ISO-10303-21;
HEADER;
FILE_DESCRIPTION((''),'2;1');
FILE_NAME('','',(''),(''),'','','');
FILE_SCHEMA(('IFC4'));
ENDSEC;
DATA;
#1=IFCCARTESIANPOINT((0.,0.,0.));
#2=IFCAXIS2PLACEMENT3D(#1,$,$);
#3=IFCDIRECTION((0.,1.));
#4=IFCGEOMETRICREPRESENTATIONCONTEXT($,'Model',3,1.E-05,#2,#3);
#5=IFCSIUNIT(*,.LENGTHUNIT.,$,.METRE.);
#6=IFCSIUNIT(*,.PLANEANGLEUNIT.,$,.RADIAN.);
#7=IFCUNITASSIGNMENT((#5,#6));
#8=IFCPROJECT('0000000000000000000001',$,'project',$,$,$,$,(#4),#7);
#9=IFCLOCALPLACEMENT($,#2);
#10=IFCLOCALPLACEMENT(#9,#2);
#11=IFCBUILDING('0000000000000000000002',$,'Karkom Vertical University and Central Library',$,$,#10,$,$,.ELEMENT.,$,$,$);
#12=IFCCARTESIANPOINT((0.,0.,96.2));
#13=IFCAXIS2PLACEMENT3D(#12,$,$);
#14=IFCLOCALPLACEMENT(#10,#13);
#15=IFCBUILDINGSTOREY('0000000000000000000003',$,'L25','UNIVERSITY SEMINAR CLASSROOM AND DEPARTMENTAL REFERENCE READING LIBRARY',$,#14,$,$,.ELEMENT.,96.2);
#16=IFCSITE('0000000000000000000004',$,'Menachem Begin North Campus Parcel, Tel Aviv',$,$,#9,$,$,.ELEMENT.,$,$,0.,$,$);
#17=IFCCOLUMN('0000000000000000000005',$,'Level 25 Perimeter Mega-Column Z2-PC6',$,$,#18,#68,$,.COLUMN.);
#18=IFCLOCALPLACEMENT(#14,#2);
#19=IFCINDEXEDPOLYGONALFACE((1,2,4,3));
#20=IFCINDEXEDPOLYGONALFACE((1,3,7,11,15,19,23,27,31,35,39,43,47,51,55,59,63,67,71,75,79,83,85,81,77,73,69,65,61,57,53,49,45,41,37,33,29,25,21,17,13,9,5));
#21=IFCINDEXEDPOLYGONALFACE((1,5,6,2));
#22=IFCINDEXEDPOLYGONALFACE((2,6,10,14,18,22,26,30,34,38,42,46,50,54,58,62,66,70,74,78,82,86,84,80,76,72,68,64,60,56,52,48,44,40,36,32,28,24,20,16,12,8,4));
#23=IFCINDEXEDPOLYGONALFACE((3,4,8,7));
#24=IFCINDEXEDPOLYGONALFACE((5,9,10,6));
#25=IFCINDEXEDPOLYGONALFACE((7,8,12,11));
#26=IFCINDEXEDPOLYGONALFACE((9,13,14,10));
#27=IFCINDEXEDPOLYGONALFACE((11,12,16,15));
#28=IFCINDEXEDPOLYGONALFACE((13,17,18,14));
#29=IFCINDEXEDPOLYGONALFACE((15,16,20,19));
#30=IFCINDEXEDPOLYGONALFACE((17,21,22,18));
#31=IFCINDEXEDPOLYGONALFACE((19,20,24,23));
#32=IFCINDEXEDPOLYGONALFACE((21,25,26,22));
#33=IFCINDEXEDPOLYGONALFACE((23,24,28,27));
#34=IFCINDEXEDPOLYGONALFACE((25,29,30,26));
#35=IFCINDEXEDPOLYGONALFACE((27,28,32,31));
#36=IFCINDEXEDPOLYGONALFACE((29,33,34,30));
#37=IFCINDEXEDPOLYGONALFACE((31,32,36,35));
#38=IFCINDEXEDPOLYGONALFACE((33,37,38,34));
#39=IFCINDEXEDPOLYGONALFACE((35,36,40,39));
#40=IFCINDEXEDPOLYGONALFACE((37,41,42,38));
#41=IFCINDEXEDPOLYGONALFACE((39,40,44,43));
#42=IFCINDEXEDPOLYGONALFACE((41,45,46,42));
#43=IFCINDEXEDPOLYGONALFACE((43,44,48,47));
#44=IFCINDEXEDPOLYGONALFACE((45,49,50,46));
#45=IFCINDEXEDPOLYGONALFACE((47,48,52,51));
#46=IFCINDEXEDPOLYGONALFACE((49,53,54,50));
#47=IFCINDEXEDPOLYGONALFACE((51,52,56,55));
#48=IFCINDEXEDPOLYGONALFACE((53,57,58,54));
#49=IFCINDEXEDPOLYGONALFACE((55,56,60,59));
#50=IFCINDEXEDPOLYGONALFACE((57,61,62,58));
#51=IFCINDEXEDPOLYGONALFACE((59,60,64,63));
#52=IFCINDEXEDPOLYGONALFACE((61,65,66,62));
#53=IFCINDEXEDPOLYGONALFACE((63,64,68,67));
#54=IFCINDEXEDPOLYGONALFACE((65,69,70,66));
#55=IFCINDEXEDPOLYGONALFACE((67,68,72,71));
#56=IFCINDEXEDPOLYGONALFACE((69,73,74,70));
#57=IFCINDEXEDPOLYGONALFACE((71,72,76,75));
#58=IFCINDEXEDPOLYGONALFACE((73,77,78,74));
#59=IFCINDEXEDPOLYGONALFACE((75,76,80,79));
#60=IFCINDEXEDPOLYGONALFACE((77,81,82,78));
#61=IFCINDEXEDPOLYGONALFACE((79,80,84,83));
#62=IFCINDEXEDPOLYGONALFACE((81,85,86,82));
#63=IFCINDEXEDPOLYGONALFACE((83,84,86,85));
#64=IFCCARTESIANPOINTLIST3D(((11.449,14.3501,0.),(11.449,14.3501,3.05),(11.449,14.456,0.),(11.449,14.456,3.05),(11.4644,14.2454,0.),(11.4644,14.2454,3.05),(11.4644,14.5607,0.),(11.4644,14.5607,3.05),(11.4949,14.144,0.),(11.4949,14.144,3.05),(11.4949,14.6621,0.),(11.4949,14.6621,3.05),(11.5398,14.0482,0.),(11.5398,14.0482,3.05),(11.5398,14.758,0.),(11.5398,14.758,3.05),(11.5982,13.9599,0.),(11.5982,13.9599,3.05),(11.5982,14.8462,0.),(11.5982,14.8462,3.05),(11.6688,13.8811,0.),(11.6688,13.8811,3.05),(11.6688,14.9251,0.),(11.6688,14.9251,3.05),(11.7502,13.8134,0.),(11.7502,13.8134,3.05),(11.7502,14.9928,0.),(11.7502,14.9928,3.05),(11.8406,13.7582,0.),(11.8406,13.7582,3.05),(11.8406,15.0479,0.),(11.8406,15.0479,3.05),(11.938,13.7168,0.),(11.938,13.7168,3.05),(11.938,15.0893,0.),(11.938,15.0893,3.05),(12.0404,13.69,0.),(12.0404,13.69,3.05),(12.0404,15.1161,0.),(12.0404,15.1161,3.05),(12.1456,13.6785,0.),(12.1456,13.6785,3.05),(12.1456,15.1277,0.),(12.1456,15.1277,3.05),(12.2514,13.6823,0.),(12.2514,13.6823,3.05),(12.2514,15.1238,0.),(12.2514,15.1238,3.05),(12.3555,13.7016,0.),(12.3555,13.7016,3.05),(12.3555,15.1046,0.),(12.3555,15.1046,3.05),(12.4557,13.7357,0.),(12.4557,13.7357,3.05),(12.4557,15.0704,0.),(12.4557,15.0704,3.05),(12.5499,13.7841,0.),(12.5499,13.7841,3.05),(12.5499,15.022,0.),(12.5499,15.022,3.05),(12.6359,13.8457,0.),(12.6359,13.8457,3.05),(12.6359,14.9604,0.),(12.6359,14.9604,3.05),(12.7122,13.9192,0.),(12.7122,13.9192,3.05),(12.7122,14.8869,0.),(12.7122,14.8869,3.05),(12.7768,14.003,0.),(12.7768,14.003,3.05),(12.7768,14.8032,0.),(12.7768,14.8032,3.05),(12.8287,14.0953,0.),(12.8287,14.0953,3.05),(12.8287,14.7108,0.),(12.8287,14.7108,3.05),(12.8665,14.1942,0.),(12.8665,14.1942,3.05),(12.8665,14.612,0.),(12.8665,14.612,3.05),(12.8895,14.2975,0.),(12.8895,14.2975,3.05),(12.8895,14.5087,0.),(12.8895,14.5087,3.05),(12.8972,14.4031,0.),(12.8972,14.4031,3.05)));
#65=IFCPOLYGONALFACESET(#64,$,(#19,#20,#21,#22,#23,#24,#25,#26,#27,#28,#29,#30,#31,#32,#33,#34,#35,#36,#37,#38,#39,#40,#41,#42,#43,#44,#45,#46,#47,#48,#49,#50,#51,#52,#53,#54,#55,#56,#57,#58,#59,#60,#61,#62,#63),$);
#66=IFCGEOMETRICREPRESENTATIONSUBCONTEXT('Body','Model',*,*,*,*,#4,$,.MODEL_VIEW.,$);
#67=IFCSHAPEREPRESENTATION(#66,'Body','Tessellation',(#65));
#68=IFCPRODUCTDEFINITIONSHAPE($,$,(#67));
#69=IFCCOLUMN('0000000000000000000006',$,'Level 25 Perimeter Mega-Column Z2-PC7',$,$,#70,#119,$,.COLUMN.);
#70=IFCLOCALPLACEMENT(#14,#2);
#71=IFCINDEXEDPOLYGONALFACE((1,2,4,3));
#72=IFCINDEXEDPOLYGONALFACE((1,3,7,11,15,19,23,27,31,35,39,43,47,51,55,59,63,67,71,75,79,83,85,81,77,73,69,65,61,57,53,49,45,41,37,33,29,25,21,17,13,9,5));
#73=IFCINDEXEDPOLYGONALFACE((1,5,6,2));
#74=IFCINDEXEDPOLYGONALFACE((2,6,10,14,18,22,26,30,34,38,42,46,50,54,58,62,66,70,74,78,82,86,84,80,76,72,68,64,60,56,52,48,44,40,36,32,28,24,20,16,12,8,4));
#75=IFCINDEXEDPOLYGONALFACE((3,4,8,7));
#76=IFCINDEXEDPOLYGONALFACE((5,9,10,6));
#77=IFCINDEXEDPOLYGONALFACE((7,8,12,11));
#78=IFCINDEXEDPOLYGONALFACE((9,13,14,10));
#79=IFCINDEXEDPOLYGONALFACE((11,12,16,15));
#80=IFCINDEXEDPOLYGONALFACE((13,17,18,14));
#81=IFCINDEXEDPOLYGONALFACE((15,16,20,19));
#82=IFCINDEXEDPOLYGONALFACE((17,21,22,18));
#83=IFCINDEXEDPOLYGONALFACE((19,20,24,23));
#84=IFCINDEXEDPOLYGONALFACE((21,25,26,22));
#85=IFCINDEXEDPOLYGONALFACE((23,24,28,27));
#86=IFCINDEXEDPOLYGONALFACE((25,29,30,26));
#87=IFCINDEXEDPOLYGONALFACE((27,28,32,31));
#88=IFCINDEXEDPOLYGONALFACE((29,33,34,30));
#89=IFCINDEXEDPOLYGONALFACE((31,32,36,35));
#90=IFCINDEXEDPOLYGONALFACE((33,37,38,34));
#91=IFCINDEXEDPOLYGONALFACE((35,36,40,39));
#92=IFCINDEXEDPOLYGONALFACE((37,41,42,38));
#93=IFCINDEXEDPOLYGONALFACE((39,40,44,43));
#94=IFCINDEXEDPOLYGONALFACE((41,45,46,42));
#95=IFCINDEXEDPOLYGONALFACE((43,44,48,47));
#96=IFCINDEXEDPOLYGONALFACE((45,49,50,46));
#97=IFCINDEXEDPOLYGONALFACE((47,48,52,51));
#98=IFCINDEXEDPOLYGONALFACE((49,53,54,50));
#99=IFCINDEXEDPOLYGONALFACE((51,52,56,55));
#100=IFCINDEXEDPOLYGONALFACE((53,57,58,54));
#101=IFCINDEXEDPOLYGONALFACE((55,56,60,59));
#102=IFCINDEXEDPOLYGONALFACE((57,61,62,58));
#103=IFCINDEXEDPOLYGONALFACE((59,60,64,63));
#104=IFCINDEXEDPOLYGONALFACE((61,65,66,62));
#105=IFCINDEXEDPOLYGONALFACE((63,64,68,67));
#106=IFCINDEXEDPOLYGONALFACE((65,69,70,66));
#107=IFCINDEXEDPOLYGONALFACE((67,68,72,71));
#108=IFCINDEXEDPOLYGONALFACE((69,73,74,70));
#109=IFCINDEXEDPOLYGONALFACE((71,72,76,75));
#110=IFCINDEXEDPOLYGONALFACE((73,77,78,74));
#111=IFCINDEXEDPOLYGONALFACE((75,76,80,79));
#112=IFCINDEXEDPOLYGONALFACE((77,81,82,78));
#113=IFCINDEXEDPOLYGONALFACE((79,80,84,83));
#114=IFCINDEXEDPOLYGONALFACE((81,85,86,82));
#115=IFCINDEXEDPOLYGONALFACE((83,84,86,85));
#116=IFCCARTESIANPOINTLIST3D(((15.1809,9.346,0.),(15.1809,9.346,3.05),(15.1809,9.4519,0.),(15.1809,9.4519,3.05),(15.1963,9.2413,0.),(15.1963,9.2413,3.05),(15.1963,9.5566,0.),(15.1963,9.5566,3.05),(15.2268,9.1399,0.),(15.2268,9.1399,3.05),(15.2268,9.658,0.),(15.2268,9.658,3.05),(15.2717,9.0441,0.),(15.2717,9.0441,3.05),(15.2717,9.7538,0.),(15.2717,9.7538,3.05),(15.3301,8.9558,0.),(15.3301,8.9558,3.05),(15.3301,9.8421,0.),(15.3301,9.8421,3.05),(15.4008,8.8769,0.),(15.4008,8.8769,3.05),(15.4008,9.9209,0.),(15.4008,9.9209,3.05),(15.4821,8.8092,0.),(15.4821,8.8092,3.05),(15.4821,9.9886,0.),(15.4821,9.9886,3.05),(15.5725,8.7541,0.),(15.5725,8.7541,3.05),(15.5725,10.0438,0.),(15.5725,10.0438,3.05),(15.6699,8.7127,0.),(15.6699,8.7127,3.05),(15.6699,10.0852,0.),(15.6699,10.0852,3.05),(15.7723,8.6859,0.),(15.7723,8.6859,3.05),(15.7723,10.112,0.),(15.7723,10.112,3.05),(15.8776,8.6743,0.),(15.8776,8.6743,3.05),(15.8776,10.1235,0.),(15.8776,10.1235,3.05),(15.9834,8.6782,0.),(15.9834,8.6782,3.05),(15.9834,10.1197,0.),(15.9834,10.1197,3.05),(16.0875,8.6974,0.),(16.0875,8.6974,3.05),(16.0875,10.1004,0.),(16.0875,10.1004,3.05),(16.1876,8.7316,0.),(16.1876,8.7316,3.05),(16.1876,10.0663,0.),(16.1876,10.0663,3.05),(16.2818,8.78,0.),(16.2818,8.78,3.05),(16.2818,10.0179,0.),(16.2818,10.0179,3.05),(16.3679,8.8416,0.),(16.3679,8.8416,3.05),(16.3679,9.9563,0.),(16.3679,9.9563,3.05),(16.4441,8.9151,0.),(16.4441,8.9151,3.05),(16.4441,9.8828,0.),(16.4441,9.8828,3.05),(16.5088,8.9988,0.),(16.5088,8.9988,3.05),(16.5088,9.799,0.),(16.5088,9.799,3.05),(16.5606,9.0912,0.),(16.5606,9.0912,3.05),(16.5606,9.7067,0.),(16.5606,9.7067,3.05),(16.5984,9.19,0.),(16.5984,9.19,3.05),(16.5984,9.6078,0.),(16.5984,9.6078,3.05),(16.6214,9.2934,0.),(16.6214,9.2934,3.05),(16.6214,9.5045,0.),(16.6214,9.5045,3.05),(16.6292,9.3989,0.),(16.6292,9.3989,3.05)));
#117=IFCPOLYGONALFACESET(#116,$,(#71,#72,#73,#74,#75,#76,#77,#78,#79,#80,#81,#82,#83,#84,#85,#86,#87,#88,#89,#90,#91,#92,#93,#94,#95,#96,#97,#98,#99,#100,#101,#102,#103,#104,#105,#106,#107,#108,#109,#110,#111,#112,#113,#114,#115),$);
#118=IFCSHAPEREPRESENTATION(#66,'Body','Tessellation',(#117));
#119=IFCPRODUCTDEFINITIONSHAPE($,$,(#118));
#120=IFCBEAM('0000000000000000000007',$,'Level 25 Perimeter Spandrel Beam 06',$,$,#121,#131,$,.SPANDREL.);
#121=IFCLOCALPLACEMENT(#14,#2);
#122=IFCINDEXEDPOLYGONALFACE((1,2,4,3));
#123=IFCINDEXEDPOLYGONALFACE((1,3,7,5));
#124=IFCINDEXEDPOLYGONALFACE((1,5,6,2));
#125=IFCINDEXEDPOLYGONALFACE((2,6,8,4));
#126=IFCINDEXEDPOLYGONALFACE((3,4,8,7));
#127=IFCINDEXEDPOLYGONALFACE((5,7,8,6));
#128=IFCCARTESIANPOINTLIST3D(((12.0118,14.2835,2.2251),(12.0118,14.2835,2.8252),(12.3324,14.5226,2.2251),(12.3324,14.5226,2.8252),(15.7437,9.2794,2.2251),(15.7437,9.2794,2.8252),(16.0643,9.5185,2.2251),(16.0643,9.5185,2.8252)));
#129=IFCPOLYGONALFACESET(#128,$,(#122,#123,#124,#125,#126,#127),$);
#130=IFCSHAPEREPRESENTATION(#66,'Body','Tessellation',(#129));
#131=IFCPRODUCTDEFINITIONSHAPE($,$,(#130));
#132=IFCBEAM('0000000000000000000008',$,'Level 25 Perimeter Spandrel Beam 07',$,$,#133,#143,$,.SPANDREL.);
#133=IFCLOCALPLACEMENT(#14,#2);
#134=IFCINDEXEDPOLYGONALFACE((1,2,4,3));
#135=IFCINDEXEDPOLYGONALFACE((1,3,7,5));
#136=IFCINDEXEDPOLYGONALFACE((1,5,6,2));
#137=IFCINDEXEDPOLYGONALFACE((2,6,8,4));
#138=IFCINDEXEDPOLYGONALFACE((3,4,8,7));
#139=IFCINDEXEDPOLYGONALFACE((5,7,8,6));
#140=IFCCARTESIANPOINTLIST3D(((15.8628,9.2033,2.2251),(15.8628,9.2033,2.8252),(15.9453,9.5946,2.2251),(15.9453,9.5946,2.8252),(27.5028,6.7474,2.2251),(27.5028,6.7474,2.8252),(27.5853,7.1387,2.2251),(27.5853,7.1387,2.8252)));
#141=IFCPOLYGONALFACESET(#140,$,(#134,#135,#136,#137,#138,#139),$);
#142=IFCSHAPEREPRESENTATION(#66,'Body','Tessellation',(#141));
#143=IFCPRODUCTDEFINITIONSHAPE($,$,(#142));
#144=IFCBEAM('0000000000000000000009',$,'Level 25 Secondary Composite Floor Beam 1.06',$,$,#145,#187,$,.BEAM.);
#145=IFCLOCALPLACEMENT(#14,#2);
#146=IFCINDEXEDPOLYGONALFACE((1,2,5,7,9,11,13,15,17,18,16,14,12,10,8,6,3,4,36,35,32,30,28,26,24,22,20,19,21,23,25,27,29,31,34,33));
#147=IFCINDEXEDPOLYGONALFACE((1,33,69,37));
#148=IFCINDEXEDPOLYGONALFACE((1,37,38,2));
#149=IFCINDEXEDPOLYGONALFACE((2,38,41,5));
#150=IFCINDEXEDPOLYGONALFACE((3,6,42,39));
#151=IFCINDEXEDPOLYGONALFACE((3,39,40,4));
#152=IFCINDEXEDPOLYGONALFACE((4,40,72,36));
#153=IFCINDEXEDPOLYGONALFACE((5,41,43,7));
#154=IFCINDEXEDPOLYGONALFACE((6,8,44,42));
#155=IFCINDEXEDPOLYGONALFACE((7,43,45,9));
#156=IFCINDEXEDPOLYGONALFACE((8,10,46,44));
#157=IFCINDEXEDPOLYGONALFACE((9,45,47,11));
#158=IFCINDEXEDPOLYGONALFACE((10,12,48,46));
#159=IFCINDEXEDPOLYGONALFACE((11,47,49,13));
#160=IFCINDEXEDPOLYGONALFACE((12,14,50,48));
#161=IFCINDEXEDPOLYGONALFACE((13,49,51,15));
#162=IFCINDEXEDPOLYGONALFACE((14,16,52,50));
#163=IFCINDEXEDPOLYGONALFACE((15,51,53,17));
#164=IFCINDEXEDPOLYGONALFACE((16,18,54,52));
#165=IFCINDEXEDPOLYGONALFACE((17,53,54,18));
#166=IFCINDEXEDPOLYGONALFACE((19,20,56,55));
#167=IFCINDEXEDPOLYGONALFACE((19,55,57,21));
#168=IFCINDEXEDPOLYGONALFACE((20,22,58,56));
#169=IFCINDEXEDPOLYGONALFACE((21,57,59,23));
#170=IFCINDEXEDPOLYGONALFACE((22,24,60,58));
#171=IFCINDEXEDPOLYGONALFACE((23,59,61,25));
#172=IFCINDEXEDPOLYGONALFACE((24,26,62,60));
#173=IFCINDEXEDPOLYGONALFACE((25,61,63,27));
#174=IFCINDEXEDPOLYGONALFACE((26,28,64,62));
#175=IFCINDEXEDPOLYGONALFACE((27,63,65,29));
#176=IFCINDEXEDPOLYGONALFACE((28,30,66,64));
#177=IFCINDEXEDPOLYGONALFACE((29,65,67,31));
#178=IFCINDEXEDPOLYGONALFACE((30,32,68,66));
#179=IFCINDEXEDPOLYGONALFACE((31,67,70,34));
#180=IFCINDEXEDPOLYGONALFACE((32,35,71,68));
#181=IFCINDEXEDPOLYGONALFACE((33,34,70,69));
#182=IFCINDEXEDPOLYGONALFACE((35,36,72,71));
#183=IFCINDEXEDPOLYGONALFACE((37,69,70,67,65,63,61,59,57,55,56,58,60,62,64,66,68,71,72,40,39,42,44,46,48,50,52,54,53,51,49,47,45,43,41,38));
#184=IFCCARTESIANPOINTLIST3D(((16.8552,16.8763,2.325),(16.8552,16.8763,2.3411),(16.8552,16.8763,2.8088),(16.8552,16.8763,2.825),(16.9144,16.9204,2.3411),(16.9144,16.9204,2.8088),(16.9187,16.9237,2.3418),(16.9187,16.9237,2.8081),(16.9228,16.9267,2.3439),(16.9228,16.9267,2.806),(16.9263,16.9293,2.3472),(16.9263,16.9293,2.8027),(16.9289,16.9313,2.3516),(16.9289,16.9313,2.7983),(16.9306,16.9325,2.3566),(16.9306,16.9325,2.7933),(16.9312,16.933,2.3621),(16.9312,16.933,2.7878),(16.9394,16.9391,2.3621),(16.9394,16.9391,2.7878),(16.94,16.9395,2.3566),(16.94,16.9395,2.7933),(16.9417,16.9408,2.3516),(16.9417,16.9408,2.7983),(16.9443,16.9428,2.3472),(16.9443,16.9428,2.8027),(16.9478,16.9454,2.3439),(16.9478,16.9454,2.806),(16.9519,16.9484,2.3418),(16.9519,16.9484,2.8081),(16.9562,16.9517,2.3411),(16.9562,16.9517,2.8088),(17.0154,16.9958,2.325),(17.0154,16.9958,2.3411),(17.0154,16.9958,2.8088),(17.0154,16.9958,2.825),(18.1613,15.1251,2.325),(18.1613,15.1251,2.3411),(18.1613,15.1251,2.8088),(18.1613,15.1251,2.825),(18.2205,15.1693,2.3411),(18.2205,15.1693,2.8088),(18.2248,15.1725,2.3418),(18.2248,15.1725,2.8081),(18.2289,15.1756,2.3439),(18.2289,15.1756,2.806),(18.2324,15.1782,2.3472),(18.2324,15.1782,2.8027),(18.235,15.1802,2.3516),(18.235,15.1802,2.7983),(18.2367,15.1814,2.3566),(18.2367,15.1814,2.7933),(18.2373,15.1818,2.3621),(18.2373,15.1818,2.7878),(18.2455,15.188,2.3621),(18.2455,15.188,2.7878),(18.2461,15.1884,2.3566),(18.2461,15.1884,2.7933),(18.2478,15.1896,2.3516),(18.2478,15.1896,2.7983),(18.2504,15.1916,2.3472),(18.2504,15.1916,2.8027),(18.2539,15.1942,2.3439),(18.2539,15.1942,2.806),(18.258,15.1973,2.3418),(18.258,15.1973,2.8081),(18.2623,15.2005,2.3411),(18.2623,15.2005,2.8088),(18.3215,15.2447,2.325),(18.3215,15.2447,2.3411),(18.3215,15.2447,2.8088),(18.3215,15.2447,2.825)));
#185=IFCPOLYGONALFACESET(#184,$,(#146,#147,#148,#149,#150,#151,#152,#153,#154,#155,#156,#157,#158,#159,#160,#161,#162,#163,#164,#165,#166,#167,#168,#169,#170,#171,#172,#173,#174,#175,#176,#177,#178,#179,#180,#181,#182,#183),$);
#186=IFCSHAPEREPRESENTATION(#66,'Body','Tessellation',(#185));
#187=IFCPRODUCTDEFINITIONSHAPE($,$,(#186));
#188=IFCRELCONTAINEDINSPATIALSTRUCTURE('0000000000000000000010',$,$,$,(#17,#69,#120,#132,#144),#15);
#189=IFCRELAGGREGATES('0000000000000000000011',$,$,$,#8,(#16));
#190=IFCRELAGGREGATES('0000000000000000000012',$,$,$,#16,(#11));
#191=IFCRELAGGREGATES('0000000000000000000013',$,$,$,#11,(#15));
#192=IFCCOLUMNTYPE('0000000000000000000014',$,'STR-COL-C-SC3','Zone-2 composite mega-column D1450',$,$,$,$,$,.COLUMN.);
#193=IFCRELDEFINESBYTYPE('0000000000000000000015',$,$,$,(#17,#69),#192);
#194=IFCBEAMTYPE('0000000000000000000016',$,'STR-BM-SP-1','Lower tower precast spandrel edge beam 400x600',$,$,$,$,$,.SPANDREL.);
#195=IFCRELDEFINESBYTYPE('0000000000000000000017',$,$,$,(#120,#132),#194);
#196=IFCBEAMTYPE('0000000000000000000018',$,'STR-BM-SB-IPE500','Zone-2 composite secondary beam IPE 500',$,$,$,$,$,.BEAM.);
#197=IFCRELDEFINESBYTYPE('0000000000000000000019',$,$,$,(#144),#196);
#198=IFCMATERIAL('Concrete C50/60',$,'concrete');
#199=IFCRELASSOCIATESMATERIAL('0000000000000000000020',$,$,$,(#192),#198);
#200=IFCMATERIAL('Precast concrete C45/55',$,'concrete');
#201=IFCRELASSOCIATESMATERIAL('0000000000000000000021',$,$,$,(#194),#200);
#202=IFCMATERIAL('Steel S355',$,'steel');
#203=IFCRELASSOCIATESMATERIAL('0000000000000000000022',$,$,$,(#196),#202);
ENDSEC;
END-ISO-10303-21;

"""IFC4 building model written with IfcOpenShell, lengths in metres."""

from ifc_helpers import new_model, si_unit, direction, frame, origin, origin_with_axes, origin_2d, place, context, subcontext, project, spatial, rectangle, circle, i_section, extrude, source, transform, mapped, material, material_profile, profile_set, type_object, element, save


model = new_model("IFC4")

# Units and contexts
model_context = context("Model", 3, precision=1e-05, world=origin(), true_north=direction((0.0, 1.0)))
body_context = subcontext(model_context, "Body", "Model", "MODEL_VIEW")
ifc_project = project(units=[si_unit("LENGTHUNIT", "METRE"), si_unit("PLANEANGLEUNIT", "RADIAN")], contexts=[model_context])

# Site, building, storey
site_placement = place(None, origin())
site = spatial("IfcSite", under=ifc_project, at=site_placement, Name="Menachem Begin North Campus Parcel, Tel Aviv", CompositionType="ELEMENT", RefElevation=0.0)
building_placement = place(site_placement, origin())
building = spatial("IfcBuilding", under=site, at=building_placement, Name="Karkom Vertical University and Central Library", CompositionType="ELEMENT")
storey_placement = place(building_placement, frame((0.0, 0.0, 96.2)))
storey = spatial("IfcBuildingStorey", under=building, at=storey_placement, Name="L25", Description="UNIVERSITY SEMINAR CLASSROOM AND DEPARTMENTAL REFERENCE READING LIBRARY", CompositionType="ELEMENT", Elevation=96.2)

# Columns
ifc_material_1 = material(Name="Concrete C50/60", Category="concrete")
ifc_material_profile_1 = material_profile(ifc_material_1, circle(Radius=0.7251, at=origin_2d()), Name="CFT-D1450")
ifc_profile_set_1 = profile_set([ifc_material_profile_1], Name="Concrete C50/60")
column_type = type_object("IfcColumnType", Name="STR-COL-C-SC3", Description="Zone-2 composite mega-column D1450", PredefinedType="COLUMN", material=ifc_profile_set_1)
shared_shape_1 = source(origin_with_axes(), body_context, "Body", "SweptSolid", [
    extrude(circle(Radius=0.7251, at=origin_2d()), origin(), (0.0, 0.0, 1.0), 3.05),
])
for number, where, z_axis, x_axis, name in (
    (1, (12.1721, 14.4031, 0.0), (0.0, 0.0, 1.0), (1.0, 0.0, 0.0), "Level 25 Perimeter Mega-Column Z2-PC6"),
    (2, (15.9041, 9.3989, 0.0), (0.0, 0.0, 1.0), (1.0, 0.0, 0.0), "Level 25 Perimeter Mega-Column Z2-PC7"),
):
    element("IfcColumn", number, at=place(storey_placement, frame(where, z_axis=z_axis, x_axis=x_axis)), inside=storey, type_object=column_type, Name=name, PredefinedType="COLUMN", context=body_context, shape_type="MappedRepresentation", body=[
        mapped(shared_shape_1, transform((0.0, 0.0, 0.0), scale=1.0)),
    ])

# Beams
ifc_material_2 = material(Name="Precast concrete C45/55", Category="concrete")
ifc_material_profile_2 = material_profile(ifc_material_2, rectangle(XDim=0.3999, YDim=0.6001, at=origin_2d()), Name="SPB-400x600")
ifc_profile_set_2 = profile_set([ifc_material_profile_2], Name="Precast concrete C45/55")
beam_type_1 = type_object("IfcBeamType", Name="STR-BM-SP-1", Description="Lower tower precast spandrel edge beam 400x600", PredefinedType="SPANDREL", material=ifc_profile_set_2)
shared_shape_2 = source(origin_with_axes(), body_context, "Body", "SweptSolid", [
    extrude(rectangle(XDim=0.3999, YDim=0.6001, at=origin_2d()), origin(), (0.0, 0.0, 1.0), 6.2424),
])
beam_1_placement = place(storey_placement, frame((12.1721, 14.4031, 2.5251), z_axis=(0.597826, -0.801626, 0.0), x_axis=(0.801626, 0.597826, 0.0)))
element("IfcBeam", 3, at=beam_1_placement, inside=storey, type_object=beam_type_1, Name="Level 25 Perimeter Spandrel Beam 06", PredefinedType="SPANDREL", context=body_context, shape_type="MappedRepresentation", body=[
    mapped(shared_shape_2, transform((0.0, 0.0, 0.0), scale=1.0)),
])
shared_shape_3 = source(origin_with_axes(), body_context, "Body", "SweptSolid", [
    extrude(rectangle(XDim=0.3999, YDim=0.6001, at=origin_2d()), origin(), (0.0, 0.0, 1.0), 11.8962),
])
beam_2_placement = place(storey_placement, frame((15.9041, 9.3989, 2.5251), z_axis=(0.97846, -0.206438, 0.0), x_axis=(0.206438, 0.97846, 0.0)))
element("IfcBeam", 4, at=beam_2_placement, inside=storey, type_object=beam_type_1, Name="Level 25 Perimeter Spandrel Beam 07", PredefinedType="SPANDREL", context=body_context, shape_type="MappedRepresentation", body=[
    mapped(shared_shape_3, transform((0.0, 0.0, 0.0), scale=1.0)),
])
ifc_material_3 = material(Name="Steel S355", Category="steel")
ifc_material_profile_3 = material_profile(ifc_material_3, i_section(OverallWidth=0.2, OverallDepth=0.5, WebThickness=0.0103, FlangeThickness=0.0161, FilletRadius=0.021, at=origin_2d()), Name="IPE 500")
ifc_profile_set_3 = profile_set([ifc_material_profile_3], Name="Steel S355")
beam_type_2 = type_object("IfcBeamType", Name="STR-BM-SB-IPE500", Description="Zone-2 composite secondary beam IPE 500", PredefinedType="BEAM", material=ifc_profile_set_3)
shared_shape_4 = source(origin_with_axes(), body_context, "Body", "SweptSolid", [
    extrude(i_section(OverallWidth=0.2, OverallDepth=0.5, WebThickness=0.0103, FlangeThickness=0.0161, FilletRadius=0.021, at=origin_2d()), origin(), (0.0, 0.0, 1.0), 2.1846),
])
beam_3_placement = place(storey_placement, frame((16.9353, 16.936, 2.575), z_axis=(0.59787, -0.801593, 0.0), x_axis=(0.801593, 0.59787, 0.0)))
element("IfcBeam", 5, at=beam_3_placement, inside=storey, type_object=beam_type_2, Name="Level 25 Secondary Composite Floor Beam 1.06", PredefinedType="BEAM", context=body_context, shape_type="MappedRepresentation", body=[
    mapped(shared_shape_4, transform((0.0, 0.0, 0.0), scale=1.0)),
])

save(model, "model.ifc")
